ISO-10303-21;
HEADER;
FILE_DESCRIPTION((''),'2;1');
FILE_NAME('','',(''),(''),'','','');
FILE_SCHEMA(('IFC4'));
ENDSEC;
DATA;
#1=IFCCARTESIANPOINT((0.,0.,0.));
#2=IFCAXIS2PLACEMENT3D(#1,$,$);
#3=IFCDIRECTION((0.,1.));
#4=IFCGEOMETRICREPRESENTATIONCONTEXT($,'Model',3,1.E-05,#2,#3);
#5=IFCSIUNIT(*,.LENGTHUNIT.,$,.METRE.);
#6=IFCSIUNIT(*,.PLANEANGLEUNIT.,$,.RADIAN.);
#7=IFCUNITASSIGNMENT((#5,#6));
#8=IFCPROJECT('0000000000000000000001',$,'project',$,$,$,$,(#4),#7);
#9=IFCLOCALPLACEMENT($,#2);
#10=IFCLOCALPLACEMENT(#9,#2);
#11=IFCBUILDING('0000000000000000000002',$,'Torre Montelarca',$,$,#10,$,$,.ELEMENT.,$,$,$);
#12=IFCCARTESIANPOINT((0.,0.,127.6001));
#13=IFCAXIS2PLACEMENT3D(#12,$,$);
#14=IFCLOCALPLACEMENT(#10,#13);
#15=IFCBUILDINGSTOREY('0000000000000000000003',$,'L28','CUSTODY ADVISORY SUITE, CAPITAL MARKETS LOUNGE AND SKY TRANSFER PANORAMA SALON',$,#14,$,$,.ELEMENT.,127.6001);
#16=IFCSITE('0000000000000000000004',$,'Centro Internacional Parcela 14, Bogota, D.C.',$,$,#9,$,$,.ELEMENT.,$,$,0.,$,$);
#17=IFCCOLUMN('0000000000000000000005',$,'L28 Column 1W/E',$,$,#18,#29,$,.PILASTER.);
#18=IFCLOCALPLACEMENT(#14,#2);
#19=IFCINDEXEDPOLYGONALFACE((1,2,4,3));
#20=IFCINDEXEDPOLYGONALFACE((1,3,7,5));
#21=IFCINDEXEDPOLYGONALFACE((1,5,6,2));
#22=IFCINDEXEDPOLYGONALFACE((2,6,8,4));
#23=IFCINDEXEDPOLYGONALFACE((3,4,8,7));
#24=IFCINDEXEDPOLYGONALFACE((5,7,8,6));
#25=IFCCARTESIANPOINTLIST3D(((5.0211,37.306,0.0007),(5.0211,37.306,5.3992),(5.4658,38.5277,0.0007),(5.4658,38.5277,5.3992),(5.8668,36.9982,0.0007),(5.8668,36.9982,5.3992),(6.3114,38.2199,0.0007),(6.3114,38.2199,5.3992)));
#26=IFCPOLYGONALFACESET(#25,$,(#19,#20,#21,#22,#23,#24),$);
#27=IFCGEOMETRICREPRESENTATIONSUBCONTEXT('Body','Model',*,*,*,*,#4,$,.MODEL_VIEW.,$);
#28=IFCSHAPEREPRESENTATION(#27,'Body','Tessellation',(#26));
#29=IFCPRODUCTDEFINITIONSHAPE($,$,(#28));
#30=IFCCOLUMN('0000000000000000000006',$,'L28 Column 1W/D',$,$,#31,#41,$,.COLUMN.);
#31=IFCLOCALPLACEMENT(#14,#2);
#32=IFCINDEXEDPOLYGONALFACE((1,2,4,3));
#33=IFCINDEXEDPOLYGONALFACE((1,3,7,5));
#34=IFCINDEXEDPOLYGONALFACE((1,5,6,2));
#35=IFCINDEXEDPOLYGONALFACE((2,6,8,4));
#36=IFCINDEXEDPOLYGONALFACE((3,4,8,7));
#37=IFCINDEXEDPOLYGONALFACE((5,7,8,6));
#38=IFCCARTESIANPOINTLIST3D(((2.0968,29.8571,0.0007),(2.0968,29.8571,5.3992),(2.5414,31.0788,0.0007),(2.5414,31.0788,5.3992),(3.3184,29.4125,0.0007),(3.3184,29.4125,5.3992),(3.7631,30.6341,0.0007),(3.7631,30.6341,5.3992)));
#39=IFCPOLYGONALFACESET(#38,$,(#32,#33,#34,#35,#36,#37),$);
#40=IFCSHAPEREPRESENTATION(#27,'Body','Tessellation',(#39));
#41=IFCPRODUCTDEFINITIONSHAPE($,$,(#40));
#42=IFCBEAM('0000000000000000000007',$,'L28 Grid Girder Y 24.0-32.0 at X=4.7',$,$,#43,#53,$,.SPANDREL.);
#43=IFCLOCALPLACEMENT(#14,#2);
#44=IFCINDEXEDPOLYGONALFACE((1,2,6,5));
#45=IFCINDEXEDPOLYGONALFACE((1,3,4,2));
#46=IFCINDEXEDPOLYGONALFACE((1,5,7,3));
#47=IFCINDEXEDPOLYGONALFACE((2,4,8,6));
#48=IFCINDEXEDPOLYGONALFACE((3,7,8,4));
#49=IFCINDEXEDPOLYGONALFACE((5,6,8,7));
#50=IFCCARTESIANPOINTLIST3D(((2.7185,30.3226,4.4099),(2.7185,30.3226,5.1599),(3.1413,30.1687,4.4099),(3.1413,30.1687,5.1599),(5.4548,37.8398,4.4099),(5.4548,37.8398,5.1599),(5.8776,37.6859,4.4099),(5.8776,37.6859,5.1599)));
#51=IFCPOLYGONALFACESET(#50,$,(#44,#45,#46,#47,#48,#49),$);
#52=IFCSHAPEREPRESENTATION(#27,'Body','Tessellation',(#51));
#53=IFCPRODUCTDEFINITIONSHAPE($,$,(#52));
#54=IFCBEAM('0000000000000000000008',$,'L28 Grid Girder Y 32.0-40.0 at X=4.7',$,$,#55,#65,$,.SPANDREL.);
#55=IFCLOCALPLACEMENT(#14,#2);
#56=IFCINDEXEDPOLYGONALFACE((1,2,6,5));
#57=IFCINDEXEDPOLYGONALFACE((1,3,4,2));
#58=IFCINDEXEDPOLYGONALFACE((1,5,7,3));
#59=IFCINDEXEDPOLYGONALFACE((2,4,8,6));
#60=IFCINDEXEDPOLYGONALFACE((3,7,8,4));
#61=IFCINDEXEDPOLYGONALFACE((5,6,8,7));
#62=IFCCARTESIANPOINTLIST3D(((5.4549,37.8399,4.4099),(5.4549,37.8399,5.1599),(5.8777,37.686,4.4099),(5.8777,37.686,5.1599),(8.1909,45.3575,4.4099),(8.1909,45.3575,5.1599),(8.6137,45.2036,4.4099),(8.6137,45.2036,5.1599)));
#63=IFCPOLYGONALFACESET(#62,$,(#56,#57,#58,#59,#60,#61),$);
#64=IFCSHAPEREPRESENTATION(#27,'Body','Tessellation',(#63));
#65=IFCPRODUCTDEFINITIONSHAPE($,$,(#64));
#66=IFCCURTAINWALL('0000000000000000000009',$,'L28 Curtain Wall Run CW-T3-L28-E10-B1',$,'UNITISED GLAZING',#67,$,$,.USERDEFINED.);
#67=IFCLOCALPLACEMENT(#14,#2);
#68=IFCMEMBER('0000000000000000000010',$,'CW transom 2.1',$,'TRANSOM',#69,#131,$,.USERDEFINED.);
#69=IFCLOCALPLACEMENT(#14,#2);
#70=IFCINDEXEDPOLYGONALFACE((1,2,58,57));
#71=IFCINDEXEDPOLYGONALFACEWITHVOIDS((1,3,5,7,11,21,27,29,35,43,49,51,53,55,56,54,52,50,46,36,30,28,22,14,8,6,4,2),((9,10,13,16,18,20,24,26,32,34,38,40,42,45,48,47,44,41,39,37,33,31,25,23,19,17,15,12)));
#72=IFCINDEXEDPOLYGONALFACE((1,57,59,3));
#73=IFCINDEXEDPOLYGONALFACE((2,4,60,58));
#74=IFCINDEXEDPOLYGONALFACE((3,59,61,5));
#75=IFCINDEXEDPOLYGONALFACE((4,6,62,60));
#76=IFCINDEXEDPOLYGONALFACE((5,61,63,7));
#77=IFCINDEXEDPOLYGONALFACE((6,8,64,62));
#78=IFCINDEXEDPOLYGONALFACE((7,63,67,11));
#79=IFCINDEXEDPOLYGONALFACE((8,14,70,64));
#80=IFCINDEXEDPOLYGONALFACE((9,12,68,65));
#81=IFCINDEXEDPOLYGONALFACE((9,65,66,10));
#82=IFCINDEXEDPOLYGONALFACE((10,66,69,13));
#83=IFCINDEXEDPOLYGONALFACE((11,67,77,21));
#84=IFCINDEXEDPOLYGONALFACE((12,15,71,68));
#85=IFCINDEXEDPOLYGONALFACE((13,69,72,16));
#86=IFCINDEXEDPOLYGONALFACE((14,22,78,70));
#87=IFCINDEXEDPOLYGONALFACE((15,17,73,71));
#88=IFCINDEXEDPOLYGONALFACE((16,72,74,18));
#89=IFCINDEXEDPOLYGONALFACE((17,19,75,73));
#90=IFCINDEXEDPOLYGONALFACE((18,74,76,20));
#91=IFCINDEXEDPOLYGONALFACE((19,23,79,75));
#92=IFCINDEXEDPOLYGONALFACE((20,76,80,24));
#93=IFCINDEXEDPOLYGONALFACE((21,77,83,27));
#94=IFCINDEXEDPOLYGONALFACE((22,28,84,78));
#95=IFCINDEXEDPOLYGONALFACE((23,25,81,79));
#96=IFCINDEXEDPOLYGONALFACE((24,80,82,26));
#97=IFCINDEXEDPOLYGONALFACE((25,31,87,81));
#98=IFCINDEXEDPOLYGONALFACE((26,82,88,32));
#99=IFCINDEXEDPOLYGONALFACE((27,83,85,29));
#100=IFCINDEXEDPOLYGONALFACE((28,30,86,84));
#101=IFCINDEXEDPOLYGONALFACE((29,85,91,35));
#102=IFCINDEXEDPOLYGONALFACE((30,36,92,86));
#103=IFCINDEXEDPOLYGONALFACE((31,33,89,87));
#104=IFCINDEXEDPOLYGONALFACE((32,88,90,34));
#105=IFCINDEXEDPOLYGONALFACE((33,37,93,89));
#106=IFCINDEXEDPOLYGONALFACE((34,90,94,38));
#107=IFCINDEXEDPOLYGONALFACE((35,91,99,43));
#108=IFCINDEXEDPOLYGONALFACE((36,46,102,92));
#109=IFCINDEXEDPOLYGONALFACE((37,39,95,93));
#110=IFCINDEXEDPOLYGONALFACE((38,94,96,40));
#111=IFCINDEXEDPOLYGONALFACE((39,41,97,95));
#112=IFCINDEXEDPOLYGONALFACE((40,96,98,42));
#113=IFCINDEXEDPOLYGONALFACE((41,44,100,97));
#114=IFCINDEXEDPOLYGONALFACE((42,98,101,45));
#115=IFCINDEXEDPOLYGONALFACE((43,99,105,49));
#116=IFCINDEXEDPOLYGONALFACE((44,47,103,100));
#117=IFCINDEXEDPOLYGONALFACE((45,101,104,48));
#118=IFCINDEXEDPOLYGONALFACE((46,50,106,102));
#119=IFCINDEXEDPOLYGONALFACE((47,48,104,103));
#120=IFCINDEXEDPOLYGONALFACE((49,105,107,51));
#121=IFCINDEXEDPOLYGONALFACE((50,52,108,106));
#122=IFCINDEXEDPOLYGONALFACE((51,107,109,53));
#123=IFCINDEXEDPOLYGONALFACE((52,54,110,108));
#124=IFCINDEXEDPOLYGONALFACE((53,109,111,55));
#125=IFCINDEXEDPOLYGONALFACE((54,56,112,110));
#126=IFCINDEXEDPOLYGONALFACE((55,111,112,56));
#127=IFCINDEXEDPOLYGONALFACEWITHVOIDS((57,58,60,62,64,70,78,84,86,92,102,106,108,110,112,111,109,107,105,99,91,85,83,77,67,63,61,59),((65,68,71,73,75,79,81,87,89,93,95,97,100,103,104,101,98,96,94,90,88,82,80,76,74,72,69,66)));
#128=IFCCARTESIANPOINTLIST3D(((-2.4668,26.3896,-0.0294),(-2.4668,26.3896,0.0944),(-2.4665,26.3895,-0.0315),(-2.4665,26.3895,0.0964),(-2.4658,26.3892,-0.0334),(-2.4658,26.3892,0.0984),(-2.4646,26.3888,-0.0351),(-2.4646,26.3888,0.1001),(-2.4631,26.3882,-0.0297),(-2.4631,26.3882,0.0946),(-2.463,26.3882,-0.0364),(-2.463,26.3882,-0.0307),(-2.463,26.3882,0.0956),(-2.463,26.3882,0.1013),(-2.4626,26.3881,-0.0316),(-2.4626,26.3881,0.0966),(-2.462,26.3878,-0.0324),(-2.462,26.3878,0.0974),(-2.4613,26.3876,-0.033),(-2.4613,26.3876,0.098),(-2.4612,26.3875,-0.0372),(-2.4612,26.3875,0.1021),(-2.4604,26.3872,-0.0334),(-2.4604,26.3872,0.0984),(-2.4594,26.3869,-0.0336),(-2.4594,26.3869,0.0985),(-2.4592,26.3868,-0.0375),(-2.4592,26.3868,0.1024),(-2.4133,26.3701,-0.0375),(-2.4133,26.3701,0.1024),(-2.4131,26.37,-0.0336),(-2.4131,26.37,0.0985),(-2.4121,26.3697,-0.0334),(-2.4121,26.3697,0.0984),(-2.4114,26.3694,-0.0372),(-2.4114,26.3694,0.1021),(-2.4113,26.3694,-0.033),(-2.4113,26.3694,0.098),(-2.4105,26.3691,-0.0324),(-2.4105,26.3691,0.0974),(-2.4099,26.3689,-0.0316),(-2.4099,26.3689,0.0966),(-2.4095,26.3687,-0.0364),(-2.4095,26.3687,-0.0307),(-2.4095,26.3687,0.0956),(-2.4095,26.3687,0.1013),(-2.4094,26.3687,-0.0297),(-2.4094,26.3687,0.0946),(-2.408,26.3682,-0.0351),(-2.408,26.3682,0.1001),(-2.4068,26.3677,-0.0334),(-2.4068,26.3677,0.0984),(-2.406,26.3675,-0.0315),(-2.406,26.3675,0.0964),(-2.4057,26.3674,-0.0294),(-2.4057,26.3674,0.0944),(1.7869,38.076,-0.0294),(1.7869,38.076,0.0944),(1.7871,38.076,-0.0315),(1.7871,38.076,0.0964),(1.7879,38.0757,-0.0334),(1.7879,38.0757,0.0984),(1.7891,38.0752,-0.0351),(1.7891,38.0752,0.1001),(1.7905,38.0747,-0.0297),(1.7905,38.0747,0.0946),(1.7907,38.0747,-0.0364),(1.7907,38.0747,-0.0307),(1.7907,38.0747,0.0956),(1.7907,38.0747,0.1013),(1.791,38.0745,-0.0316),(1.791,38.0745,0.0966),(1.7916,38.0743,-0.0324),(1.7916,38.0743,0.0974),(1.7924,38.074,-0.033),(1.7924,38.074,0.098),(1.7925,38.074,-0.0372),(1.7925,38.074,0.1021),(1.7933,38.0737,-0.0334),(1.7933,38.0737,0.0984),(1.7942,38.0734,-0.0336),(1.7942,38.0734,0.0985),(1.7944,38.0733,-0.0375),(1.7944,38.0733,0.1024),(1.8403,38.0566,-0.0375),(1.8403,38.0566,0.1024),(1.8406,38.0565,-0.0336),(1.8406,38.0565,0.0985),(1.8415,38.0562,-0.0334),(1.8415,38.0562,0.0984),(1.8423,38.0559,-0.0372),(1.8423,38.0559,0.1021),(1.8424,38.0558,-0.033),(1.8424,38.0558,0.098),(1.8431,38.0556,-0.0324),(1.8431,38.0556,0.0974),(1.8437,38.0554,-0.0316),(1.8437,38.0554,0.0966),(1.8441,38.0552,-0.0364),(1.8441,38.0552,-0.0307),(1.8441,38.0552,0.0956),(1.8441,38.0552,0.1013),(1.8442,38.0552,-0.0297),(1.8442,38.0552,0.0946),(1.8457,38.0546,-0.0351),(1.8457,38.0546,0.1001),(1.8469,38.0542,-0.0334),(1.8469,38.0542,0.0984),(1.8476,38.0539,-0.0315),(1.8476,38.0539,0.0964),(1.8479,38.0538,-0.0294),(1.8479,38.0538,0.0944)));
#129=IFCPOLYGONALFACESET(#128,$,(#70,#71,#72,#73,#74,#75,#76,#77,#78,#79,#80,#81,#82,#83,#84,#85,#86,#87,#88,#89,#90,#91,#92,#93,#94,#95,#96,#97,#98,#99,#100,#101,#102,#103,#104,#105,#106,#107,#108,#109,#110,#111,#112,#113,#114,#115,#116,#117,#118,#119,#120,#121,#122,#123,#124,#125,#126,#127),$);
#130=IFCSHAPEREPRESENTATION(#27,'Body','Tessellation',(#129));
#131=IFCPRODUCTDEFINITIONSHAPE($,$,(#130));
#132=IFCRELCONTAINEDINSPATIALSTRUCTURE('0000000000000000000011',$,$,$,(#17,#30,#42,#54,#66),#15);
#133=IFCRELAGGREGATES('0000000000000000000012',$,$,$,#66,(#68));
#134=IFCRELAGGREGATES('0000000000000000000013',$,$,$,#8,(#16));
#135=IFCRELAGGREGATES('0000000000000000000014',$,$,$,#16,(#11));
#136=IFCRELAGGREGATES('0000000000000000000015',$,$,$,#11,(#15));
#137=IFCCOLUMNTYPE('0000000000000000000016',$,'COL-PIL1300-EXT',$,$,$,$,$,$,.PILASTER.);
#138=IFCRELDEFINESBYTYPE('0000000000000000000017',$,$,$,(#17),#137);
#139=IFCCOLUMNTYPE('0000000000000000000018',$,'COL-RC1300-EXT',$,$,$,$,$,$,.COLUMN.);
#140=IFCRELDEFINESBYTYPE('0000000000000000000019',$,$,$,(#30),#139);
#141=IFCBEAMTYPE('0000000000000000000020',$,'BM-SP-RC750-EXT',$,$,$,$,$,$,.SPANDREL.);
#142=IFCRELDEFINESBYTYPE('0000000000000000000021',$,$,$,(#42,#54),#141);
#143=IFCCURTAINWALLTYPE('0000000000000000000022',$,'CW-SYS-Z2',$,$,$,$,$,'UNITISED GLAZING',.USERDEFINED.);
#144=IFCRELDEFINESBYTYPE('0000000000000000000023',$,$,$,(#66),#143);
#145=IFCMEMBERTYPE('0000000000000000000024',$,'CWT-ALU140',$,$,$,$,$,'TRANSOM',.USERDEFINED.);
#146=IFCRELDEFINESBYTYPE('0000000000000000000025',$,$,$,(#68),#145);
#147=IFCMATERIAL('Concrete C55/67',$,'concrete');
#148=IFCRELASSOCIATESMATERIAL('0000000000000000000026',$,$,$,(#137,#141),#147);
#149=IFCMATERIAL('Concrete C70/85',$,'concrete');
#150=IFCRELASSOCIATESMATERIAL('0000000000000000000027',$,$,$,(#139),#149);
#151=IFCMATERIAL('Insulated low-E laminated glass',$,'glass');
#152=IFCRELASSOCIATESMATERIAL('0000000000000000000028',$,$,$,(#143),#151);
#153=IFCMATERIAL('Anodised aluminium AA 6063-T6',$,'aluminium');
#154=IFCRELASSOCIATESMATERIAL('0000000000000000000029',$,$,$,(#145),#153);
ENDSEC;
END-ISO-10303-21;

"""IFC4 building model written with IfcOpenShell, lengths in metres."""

from ifc_helpers import new_model, si_unit, direction, frame, origin, origin_2d, place, context, subcontext, project, spatial, rectangle, hollow_rectangle, extrude, source, transform, mapped, material, material_profile, profile_set, type_object, element, aggregate, save


model = new_model("IFC4")

# Units and contexts
model_context = context("Model", 3, precision=1e-05, world=origin(), true_north=direction((0.0, 1.0)))
body_context = subcontext(model_context, "Body", "Model", "MODEL_VIEW")
ifc_project = project(units=[si_unit("LENGTHUNIT", "METRE"), si_unit("PLANEANGLEUNIT", "RADIAN")], contexts=[model_context])

# Site, building, storey
site_placement = place(None, origin())
site = spatial("IfcSite", under=ifc_project, at=site_placement, Name="Centro Internacional Parcela 14, Bogota, D.C.", CompositionType="ELEMENT", RefElevation=0.0)
building_placement = place(site_placement, origin())
building = spatial("IfcBuilding", under=site, at=building_placement, Name="Torre Montelarca", CompositionType="ELEMENT")
storey_placement = place(building_placement, frame((0.0, 0.0, 127.6001)))
storey = spatial("IfcBuildingStorey", under=building, at=storey_placement, Name="L28", Description="CUSTODY ADVISORY SUITE, CAPITAL MARKETS LOUNGE AND SKY TRANSFER PANORAMA SALON", CompositionType="ELEMENT", Elevation=127.6001)

# Columns
ifc_material_1 = material(Name="Concrete C55/67", Category="concrete")
ifc_material_profile_1 = material_profile(ifc_material_1, rectangle(XDim=0.8999, YDim=1.3, at=origin_2d()), Name="RC1300X900", Category="concrete")
ifc_profile_set_1 = profile_set([ifc_material_profile_1], Name="Concrete C55/67")
column_type_1 = type_object("IfcColumnType", Name="COL-PIL1300-EXT", PredefinedType="PILASTER", material=ifc_profile_set_1)
shared_shape_1 = source(origin(), body_context, "Body", "SweptSolid", [
    extrude(rectangle(XDim=0.8999, YDim=1.3, at=origin_2d()), origin(), (0.0, 0.0, 1.0), 5.3984),
])
column_1_placement = place(storey_placement, frame((5.6663, 37.7629, 0.0007), z_axis=(0.0, 0.0, 1.0), x_axis=(-0.939693, 0.34202, 0.0)))
element("IfcColumn", 1, at=column_1_placement, inside=storey, type_object=column_type_1, Name="L28 Column 1W/E", PredefinedType="PILASTER", context=body_context, shape_type="MappedRepresentation", body=[
    mapped(shared_shape_1, transform((0.0, 0.0, 0.0), scale=1.0)),
])
ifc_material_2 = material(Name="Concrete C70/85", Category="concrete")
ifc_material_profile_2 = material_profile(ifc_material_2, rectangle(XDim=1.3, YDim=1.3, at=origin_2d()), Name="RC1300X1300", Category="concrete")
ifc_profile_set_2 = profile_set([ifc_material_profile_2], Name="Concrete C70/85")
column_type_2 = type_object("IfcColumnType", Name="COL-RC1300-EXT", PredefinedType="COLUMN", material=ifc_profile_set_2)
shared_shape_2 = source(origin(), body_context, "Body", "SweptSolid", [
    extrude(rectangle(XDim=1.3, YDim=1.3, at=origin_2d()), origin(), (0.0, 0.0, 1.0), 5.3984),
])
column_2_placement = place(storey_placement, frame((2.9299, 30.2456, 0.0007), z_axis=(0.0, 0.0, 1.0), x_axis=(-0.939693, 0.34202, 0.0)))
element("IfcColumn", 2, at=column_2_placement, inside=storey, type_object=column_type_2, Name="L28 Column 1W/D", PredefinedType="COLUMN", context=body_context, shape_type="MappedRepresentation", body=[
    mapped(shared_shape_2, transform((0.0, 0.0, 0.0), scale=1.0)),
])

# Beams
ifc_material_profile_3 = material_profile(ifc_material_1, rectangle(XDim=0.45, YDim=0.75, at=origin_2d()), Name="RCB450X750", Category="concrete")
ifc_profile_set_3 = profile_set([ifc_material_profile_3], Name="Concrete C55/67")
beam_type = type_object("IfcBeamType", Name="BM-SP-RC750-EXT", PredefinedType="SPANDREL", material=ifc_profile_set_3)
shared_shape_3 = source(origin(), body_context, "Body", "SweptSolid", [
    extrude(rectangle(XDim=0.45, YDim=0.75, at=origin_2d()), origin(), (0.0, 0.0, 1.0), 7.9998),
])
beam_1_placement = place(storey_placement, frame((2.9299, 30.2456, 4.7849), z_axis=(0.342047, 0.939683, 0.0), x_axis=(-0.939683, 0.342047, 0.0)))
element("IfcBeam", 3, at=beam_1_placement, inside=storey, type_object=beam_type, Name="L28 Grid Girder Y 24.0-32.0 at X=4.7", PredefinedType="SPANDREL", context=body_context, shape_type="MappedRepresentation", body=[
    mapped(shared_shape_3, transform((0.0, 0.0, 0.0), scale=1.0)),
])
shared_shape_4 = source(origin(), body_context, "Body", "SweptSolid", [
    extrude(rectangle(XDim=0.45, YDim=0.75, at=origin_2d()), origin(), (0.0, 0.0, 1.0), 8.0),
])
beam_2_placement = place(storey_placement, frame((5.6663, 37.7629, 4.7849), z_axis=(0.34201, 0.939696, 0.0), x_axis=(-0.939696, 0.34201, 0.0)))
element("IfcBeam", 4, at=beam_2_placement, inside=storey, type_object=beam_type, Name="L28 Grid Girder Y 32.0-40.0 at X=4.7", PredefinedType="SPANDREL", context=body_context, shape_type="MappedRepresentation", body=[
    mapped(shared_shape_4, transform((0.0, 0.0, 0.0), scale=1.0)),
])

# Curtain wall, member
ifc_material_3 = material(Name="Insulated low-E laminated glass", Category="glass")
curtain_wall_type = type_object("IfcCurtainWallType", Name="CW-SYS-Z2", ElementType="UNITISED GLAZING", PredefinedType="USERDEFINED", material=ifc_material_3)
curtain_wall_placement = place(storey_placement, origin())
curtain_wall = element("IfcCurtainWall", 5, at=curtain_wall_placement, inside=storey, type_object=curtain_wall_type, Name="L28 Curtain Wall Run CW-T3-L28-E10-B1", ObjectType="UNITISED GLAZING", PredefinedType="USERDEFINED")
ifc_material_4 = material(Name="Anodised aluminium AA 6063-T6", Category="aluminium")
ifc_material_profile_4 = material_profile(ifc_material_4, hollow_rectangle(XDim=0.0649, YDim=0.1399, WallThickness=0.0039, InnerFilletRadius=0.0039, OuterFilletRadius=0.0081, at=origin_2d()), Name="ALU65X140X4", Category="aluminium")
ifc_profile_set_4 = profile_set([ifc_material_profile_4], Name="Anodised aluminium AA 6063-T6")
member_type_1 = type_object("IfcMemberType", Name="CWT-ALU140", ElementType="TRANSOM", PredefinedType="USERDEFINED", material=ifc_profile_set_4)
shared_shape_5 = source(origin(), body_context, "Body", "SweptSolid", [
    extrude(hollow_rectangle(XDim=0.0649, YDim=0.1399, WallThickness=0.0039, InnerFilletRadius=0.0039, OuterFilletRadius=0.0081, at=origin_2d()), origin(), (0.0, 0.0, 1.0), 12.4365),
])
member_1_placement = place(storey_placement, frame((1.8174, 38.0649, 0.0325), z_axis=(-0.342028, -0.93969, 0.0), x_axis=(0.93969, -0.342028, 0.0)))
member_1 = element("IfcMember", 6, at=member_1_placement, type_object=member_type_1, Name="CW transom 2.1", ObjectType="TRANSOM", PredefinedType="USERDEFINED", context=body_context, shape_type="MappedRepresentation", body=[
    mapped(shared_shape_5, transform((0.0, 0.0, 0.0), scale=1.0)),
])
aggregate(curtain_wall, [member_1])

save(model, "model.ifc")
